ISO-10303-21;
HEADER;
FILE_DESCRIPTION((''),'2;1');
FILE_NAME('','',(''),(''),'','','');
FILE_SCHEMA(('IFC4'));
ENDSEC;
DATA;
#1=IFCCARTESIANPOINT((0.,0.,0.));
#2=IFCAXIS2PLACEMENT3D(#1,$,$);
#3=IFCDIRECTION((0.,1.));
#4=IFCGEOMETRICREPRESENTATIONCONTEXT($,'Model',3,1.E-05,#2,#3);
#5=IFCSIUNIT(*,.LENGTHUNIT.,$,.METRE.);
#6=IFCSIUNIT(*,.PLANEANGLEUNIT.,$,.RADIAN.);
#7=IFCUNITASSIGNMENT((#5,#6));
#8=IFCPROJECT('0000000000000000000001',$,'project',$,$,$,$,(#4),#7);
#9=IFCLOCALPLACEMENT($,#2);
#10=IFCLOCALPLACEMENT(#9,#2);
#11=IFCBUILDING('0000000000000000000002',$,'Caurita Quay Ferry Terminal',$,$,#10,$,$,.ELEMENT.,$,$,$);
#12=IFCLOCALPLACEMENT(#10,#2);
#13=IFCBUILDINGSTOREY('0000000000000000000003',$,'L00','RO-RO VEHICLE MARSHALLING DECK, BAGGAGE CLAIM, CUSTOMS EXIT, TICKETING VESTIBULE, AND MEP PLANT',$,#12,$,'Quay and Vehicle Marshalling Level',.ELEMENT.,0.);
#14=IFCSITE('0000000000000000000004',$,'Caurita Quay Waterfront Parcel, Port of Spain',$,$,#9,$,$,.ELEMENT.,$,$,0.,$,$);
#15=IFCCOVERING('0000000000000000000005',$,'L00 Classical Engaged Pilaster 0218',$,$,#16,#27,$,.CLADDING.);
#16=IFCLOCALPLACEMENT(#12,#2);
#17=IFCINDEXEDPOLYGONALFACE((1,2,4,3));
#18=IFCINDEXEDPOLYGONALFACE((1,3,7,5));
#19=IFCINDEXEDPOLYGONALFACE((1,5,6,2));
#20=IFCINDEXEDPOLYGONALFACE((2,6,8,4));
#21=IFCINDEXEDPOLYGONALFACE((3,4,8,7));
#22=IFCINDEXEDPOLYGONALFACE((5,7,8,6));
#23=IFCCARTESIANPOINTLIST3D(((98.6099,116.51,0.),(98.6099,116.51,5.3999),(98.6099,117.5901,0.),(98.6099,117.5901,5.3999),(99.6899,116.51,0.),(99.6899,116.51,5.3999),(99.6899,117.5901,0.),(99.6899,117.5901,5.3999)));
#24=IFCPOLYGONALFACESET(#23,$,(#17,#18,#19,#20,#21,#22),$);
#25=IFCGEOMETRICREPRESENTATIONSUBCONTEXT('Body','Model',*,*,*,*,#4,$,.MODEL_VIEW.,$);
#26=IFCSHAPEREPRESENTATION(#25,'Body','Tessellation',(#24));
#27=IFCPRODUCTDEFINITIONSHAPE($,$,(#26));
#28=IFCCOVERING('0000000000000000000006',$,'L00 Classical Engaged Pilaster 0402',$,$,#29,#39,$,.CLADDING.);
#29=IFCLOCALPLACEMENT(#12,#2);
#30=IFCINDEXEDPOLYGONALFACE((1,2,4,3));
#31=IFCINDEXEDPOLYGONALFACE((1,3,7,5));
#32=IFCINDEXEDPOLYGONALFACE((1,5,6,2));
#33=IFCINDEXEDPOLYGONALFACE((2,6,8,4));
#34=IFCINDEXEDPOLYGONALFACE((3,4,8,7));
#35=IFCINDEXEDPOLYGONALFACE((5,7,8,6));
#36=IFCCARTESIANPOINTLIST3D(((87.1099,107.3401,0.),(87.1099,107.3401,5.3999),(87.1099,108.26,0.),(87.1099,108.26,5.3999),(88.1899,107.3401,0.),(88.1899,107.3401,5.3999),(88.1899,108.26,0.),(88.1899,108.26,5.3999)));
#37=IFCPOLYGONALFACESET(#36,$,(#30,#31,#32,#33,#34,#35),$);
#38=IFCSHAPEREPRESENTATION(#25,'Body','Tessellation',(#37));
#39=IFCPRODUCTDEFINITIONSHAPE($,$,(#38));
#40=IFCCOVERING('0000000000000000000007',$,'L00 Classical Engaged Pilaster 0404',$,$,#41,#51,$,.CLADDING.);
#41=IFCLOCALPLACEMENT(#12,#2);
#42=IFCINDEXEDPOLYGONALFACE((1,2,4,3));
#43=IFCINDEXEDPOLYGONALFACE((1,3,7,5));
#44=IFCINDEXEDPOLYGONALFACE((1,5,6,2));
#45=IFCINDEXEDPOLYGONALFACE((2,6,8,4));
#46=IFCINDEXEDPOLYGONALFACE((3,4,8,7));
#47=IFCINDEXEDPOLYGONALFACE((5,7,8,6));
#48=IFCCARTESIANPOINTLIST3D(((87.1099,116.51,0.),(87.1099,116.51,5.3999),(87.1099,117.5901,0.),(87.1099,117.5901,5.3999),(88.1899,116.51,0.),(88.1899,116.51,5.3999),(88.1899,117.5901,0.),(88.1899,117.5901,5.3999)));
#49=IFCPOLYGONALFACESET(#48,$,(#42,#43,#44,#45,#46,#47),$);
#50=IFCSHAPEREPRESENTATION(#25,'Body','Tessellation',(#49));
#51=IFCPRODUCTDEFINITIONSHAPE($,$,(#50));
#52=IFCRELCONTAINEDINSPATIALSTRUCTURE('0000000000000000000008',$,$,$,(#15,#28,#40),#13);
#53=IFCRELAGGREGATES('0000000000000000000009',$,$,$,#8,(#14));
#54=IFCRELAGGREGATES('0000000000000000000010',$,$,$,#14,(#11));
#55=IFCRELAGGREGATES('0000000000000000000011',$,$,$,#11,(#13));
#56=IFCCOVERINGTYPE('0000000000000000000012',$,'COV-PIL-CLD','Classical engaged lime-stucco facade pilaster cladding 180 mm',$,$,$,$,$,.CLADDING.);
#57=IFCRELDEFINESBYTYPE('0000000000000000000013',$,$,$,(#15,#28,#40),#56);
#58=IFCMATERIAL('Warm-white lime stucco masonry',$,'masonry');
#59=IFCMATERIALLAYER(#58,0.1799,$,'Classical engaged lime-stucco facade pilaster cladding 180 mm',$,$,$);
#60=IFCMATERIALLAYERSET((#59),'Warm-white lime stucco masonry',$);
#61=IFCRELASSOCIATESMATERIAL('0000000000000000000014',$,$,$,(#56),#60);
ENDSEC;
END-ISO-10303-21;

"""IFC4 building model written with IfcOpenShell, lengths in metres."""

from ifc_helpers import new_model, si_unit, direction, frame, origin, origin_2d, place, context, subcontext, project, spatial, rectangle, extrude, material, layer, layer_set, type_object, element, save


model = new_model("IFC4")

# Units and contexts
model_context = context("Model", 3, precision=1e-05, world=origin(), true_north=direction((0.0, 1.0)))
body_context = subcontext(model_context, "Body", "Model", "MODEL_VIEW")
ifc_project = project(units=[si_unit("LENGTHUNIT", "METRE"), si_unit("PLANEANGLEUNIT", "RADIAN")], contexts=[model_context])

# Site, building, storey
site_placement = place(None, origin())
site = spatial("IfcSite", under=ifc_project, at=site_placement, Name="Caurita Quay Waterfront Parcel, Port of Spain", CompositionType="ELEMENT", RefElevation=0.0)
building_placement = place(site_placement, origin())
building = spatial("IfcBuilding", under=site, at=building_placement, Name="Caurita Quay Ferry Terminal", CompositionType="ELEMENT")
storey_placement = place(building_placement, origin())
storey = spatial("IfcBuildingStorey", under=building, at=storey_placement, Name="L00", Description="RO-RO VEHICLE MARSHALLING DECK, BAGGAGE CLAIM, CUSTOMS EXIT, TICKETING VESTIBULE, AND MEP PLANT", LongName="Quay and Vehicle Marshalling Level", CompositionType="ELEMENT", Elevation=0.0)

# Coverings
ifc_material_1 = material(Name="Warm-white lime stucco masonry", Category="masonry")
ifc_layer_1 = layer(ifc_material_1, 0.1799, Name="Classical engaged lime-stucco facade pilaster cladding 180 mm")
ifc_layer_set_1 = layer_set([ifc_layer_1], Name="Warm-white lime stucco masonry")
covering_type_1 = type_object("IfcCoveringType", Name="COV-PIL-CLD", Description="Classical engaged lime-stucco facade pilaster cladding 180 mm", PredefinedType="CLADDING", material=ifc_layer_set_1)
covering_1_placement = place(storey_placement, frame((99.1499, 117.05, 0.0), z_axis=(0.0, 0.0, 1.0), x_axis=(1.0, 0.0, 0.0)))
element("IfcCovering", 1, at=covering_1_placement, inside=storey, type_object=covering_type_1, Name="L00 Classical Engaged Pilaster 0218", PredefinedType="CLADDING", context=body_context, shape_type="SweptSolid", body=[
    extrude(rectangle(XDim=1.0801, YDim=1.0801, at=origin_2d()), origin(), (0.0, 0.0, 1.0), 5.3999),
])
covering_2_placement = place(storey_placement, frame((87.6499, 107.8, 0.0), z_axis=(0.0, 0.0, 1.0), x_axis=(1.0, 0.0, 0.0)))
element("IfcCovering", 2, at=covering_2_placement, inside=storey, type_object=covering_type_1, Name="L00 Classical Engaged Pilaster 0402", PredefinedType="CLADDING", context=body_context, shape_type="SweptSolid", body=[
    extrude(rectangle(XDim=1.0801, YDim=0.9199, at=origin_2d()), origin(), (0.0, 0.0, 1.0), 5.3999),
])
covering_3_placement = place(storey_placement, frame((87.6499, 117.05, 0.0), z_axis=(0.0, 0.0, 1.0), x_axis=(1.0, 0.0, 0.0)))
element("IfcCovering", 3, at=covering_3_placement, inside=storey, type_object=covering_type_1, Name="L00 Classical Engaged Pilaster 0404", PredefinedType="CLADDING", context=body_context, shape_type="SweptSolid", body=[
    extrude(rectangle(XDim=1.0801, YDim=1.0801, at=origin_2d()), origin(), (0.0, 0.0, 1.0), 5.3999),
])

save(model, "model.ifc")
